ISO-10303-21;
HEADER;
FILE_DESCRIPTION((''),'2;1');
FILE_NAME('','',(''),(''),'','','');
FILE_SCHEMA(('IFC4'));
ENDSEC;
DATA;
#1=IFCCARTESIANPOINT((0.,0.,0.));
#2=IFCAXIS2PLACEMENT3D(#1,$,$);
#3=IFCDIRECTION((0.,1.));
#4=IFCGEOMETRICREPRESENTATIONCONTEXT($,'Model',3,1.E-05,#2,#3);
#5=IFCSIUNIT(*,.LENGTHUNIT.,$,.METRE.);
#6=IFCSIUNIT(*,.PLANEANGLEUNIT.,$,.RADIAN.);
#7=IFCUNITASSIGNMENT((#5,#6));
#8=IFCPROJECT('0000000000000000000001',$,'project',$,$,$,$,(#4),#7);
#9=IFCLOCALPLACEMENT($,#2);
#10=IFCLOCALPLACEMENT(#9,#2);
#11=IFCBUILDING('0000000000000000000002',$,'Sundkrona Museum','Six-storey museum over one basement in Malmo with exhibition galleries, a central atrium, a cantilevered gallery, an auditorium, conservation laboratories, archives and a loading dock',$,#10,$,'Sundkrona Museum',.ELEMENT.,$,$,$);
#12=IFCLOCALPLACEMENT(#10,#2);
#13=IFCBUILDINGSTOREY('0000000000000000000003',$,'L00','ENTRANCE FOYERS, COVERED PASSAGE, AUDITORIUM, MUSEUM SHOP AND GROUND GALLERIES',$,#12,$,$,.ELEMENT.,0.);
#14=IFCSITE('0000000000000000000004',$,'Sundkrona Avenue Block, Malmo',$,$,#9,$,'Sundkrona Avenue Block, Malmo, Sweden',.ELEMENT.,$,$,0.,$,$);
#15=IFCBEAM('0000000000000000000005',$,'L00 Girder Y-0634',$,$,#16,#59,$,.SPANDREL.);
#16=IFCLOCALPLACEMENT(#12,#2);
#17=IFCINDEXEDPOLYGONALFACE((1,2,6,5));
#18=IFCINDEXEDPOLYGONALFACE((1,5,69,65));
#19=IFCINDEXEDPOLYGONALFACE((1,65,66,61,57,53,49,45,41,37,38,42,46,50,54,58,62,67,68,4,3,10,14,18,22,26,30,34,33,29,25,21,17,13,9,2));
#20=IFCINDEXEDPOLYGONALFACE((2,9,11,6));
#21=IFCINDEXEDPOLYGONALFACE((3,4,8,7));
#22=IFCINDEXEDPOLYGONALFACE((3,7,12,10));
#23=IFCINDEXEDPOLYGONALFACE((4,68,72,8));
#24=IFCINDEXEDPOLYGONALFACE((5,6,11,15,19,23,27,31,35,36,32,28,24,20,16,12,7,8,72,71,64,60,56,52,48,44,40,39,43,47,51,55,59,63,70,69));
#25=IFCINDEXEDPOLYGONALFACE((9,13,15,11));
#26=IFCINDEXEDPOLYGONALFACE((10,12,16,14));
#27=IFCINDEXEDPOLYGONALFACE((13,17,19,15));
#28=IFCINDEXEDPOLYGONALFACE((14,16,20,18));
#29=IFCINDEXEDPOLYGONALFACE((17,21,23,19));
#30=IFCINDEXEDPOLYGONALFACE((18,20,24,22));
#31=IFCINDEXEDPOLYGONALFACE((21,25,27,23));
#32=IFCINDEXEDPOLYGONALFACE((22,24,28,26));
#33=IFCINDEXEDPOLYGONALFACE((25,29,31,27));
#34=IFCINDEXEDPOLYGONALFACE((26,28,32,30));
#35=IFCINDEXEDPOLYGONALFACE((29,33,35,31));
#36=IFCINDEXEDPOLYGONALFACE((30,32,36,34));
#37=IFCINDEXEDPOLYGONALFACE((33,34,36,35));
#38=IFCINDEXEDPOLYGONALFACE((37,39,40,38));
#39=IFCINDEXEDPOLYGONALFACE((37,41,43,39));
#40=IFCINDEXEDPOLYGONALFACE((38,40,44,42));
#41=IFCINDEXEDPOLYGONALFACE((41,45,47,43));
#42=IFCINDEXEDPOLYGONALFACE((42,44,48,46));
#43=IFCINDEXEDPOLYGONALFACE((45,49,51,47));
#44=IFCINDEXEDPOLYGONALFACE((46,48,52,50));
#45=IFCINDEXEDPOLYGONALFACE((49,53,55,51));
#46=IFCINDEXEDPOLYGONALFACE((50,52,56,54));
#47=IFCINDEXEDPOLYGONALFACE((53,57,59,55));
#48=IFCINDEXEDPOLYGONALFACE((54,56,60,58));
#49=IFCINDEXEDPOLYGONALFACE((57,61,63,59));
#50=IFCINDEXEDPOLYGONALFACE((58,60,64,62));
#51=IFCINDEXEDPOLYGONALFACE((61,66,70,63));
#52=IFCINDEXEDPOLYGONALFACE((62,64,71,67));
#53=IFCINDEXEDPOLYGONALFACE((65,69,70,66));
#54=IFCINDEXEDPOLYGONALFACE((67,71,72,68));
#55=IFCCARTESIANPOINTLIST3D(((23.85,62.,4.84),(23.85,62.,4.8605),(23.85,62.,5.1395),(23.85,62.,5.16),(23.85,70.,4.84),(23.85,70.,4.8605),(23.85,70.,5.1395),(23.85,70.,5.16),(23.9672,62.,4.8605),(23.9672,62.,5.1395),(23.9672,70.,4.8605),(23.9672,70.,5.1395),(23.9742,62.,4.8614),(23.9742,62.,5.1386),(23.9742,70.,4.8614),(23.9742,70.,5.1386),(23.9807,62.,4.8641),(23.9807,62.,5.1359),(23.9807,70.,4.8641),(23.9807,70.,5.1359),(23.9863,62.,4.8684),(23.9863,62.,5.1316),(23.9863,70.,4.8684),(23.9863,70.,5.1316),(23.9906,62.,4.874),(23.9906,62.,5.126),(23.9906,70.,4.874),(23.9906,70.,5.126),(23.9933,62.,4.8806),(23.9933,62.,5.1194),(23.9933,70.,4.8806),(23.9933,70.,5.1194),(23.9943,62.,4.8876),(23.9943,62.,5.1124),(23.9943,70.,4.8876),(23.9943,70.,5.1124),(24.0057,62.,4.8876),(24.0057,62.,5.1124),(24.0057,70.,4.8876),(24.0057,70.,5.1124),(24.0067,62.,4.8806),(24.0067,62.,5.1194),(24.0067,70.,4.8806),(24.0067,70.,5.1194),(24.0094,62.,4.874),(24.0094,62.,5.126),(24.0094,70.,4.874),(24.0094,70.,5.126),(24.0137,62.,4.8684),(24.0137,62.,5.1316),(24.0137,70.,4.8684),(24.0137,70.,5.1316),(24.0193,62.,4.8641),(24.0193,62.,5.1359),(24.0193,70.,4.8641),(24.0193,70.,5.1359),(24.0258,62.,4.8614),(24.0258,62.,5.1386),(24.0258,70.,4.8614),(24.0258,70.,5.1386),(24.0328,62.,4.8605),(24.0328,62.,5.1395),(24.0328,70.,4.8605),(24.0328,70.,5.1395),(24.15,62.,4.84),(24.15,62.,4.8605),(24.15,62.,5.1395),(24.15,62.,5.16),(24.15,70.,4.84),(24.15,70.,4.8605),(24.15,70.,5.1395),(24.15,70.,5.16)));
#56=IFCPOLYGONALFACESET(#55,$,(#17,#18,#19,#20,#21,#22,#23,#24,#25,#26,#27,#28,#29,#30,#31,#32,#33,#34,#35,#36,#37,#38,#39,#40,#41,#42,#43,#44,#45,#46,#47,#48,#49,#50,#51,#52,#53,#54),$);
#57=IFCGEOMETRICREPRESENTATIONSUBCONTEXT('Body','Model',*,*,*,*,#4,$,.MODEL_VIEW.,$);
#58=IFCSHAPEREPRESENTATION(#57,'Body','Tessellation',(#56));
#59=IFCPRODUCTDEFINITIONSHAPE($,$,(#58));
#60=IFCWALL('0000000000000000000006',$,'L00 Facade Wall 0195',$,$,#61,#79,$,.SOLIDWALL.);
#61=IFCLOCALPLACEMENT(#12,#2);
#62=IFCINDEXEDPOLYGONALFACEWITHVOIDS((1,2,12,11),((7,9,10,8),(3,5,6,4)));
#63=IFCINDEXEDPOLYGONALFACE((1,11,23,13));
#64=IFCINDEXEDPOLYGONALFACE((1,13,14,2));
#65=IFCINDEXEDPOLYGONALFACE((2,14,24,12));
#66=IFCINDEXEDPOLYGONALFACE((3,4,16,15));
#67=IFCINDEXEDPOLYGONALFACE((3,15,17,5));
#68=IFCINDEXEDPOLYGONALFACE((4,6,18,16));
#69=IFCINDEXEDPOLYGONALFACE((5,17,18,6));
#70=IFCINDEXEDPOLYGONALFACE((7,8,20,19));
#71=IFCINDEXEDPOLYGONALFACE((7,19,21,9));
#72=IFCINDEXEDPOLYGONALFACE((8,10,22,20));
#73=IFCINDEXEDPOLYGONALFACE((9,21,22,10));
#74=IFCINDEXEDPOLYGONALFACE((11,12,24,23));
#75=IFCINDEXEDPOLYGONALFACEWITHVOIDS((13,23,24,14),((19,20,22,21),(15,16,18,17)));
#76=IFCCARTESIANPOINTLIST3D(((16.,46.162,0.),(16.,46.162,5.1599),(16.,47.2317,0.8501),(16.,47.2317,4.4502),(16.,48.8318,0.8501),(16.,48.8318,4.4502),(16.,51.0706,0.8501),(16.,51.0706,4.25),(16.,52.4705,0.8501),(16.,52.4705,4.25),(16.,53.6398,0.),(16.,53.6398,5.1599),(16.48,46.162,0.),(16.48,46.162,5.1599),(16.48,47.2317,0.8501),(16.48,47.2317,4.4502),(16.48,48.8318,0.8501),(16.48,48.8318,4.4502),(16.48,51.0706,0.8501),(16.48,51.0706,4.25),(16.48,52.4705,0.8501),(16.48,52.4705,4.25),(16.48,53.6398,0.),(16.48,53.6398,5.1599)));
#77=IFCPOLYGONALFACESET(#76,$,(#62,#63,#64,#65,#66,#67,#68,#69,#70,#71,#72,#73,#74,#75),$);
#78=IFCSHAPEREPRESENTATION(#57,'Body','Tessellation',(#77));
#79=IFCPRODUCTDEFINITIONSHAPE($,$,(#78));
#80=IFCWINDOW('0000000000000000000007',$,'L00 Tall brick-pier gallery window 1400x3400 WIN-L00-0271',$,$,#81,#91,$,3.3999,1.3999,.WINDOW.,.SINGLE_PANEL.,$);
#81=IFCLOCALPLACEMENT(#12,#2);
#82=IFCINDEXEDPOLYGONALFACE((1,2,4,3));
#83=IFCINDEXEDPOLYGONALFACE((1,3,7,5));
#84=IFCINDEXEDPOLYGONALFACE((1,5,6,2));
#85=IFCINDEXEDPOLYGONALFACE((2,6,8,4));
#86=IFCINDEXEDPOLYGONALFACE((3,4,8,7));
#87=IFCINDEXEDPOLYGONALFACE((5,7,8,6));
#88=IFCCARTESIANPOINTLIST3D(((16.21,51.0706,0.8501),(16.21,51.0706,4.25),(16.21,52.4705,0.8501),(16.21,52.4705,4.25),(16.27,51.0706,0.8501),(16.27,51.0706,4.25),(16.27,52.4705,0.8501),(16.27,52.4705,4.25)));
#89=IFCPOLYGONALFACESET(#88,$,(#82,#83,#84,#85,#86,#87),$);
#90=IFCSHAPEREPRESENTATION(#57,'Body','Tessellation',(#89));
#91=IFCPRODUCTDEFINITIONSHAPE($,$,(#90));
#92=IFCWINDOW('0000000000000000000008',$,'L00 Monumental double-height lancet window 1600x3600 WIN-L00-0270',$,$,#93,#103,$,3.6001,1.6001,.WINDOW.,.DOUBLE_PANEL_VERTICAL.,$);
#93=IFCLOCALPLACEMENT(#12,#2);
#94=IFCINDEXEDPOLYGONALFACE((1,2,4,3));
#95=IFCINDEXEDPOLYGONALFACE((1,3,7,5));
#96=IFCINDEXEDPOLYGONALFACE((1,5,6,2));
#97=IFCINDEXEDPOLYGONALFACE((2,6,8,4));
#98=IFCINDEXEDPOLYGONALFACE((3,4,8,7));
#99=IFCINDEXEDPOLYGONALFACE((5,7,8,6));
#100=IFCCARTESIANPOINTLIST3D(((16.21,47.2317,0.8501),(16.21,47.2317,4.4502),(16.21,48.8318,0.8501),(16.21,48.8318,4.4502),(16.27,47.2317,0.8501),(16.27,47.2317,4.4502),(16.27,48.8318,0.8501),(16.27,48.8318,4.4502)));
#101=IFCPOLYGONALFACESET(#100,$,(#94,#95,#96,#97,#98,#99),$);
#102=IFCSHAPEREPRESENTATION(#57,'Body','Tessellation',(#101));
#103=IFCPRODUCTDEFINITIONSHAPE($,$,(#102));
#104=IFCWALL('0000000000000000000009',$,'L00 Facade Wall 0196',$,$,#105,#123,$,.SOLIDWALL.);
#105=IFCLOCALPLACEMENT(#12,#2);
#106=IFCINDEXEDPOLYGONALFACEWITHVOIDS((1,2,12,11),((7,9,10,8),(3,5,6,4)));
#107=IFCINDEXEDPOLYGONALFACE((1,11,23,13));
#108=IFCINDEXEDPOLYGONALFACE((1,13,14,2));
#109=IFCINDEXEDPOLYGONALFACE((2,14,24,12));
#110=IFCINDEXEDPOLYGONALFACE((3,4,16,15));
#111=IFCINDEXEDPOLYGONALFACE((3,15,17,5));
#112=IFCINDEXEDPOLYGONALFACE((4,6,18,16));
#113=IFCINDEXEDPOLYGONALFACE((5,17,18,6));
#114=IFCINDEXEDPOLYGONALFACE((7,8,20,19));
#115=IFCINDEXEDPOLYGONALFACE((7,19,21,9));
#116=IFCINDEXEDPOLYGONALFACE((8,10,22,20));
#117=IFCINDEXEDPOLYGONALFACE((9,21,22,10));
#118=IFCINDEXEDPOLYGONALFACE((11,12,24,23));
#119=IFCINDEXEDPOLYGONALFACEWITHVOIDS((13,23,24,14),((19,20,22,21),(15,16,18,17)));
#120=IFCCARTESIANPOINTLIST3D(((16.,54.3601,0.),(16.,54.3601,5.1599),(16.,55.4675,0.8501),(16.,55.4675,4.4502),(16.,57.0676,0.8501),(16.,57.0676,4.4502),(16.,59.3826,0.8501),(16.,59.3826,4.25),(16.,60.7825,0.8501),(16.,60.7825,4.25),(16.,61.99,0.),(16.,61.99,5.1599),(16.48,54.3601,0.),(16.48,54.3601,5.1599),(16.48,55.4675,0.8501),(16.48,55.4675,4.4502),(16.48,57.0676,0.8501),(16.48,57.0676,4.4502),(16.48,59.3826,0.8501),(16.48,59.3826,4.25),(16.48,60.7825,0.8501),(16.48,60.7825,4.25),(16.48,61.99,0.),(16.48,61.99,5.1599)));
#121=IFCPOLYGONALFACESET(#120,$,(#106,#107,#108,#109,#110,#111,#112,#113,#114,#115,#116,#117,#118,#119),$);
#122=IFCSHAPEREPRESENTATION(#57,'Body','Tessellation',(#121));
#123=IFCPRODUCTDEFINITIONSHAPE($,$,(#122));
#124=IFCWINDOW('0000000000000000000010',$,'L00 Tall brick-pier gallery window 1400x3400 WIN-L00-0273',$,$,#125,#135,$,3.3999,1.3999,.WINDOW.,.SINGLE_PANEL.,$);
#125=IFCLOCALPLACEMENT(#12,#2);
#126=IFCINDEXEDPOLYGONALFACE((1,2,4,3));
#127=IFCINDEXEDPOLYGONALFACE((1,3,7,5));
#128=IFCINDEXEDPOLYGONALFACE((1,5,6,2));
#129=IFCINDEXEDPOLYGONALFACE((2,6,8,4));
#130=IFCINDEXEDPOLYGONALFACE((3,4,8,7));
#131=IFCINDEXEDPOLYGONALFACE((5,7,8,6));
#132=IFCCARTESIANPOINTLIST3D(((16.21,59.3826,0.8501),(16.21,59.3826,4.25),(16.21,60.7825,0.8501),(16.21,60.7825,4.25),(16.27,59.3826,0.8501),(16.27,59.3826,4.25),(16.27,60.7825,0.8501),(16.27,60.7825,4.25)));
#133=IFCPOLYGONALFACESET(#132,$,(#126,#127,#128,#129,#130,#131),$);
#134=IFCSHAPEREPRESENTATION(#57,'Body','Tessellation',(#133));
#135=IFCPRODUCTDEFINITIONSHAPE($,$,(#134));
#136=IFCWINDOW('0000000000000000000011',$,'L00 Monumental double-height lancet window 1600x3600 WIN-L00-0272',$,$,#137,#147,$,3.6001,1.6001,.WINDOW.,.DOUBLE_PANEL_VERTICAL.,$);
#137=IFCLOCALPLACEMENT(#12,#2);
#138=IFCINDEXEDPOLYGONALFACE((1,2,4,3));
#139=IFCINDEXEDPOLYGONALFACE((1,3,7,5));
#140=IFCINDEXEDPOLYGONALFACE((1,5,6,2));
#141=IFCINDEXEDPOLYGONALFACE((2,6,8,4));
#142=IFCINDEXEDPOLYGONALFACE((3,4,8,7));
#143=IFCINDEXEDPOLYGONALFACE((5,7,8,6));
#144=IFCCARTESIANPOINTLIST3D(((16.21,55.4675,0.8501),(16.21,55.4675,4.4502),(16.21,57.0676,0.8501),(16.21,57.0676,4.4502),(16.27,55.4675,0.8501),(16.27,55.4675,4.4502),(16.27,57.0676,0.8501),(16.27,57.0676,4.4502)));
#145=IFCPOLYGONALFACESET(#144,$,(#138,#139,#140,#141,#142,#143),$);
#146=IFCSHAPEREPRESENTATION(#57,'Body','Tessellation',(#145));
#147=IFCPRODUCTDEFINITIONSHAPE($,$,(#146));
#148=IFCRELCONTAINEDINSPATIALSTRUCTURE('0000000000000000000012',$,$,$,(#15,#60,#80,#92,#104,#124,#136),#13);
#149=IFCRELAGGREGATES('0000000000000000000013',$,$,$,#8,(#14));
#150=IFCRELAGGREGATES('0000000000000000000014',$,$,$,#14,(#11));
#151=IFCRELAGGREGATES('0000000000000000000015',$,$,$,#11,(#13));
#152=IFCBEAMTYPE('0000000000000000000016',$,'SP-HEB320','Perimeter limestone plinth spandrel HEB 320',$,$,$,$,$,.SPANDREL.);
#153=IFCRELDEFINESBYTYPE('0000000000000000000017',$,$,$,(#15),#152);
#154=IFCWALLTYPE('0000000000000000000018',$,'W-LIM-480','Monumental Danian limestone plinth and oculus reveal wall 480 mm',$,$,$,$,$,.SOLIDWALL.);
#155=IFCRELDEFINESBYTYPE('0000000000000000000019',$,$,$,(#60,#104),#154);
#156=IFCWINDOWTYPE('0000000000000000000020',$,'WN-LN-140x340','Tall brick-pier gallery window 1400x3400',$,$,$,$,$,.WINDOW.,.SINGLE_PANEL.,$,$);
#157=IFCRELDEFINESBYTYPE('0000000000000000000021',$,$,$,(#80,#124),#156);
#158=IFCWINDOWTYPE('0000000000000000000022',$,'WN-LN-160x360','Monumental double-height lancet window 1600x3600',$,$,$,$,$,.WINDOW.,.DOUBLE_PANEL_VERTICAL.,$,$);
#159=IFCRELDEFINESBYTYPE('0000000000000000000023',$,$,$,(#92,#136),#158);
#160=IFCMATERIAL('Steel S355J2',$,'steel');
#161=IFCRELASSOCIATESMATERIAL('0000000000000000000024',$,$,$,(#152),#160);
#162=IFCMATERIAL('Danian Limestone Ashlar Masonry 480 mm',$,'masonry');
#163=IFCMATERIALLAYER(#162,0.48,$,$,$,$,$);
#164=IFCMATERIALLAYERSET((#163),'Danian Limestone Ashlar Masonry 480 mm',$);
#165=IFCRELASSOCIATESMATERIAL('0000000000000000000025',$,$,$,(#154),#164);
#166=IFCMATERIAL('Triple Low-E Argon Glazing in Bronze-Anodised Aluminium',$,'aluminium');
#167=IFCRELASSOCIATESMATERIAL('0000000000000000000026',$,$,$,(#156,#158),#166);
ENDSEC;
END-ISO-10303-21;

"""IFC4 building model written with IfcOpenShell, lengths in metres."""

from ifc_helpers import new_model, si_unit, direction, frame, frame_2d, origin, origin_2d, place, context, subcontext, project, spatial, rectangle, i_section, extrude, material, layer, layer_set, material_profile, profile_set, type_object, element, fill, save


model = new_model("IFC4")

# Units and contexts
model_context = context("Model", 3, precision=1e-05, world=origin(), true_north=direction((0.0, 1.0)))
body_context = subcontext(model_context, "Body", "Model", "MODEL_VIEW")
ifc_project = project(units=[si_unit("LENGTHUNIT", "METRE"), si_unit("PLANEANGLEUNIT", "RADIAN")], contexts=[model_context])

# Site, building, storey
site_placement = place(None, origin())
site = spatial("IfcSite", under=ifc_project, at=site_placement, Name="Sundkrona Avenue Block, Malmo", LongName="Sundkrona Avenue Block, Malmo, Sweden", CompositionType="ELEMENT", RefElevation=0.0)
building_placement = place(site_placement, origin())
building = spatial("IfcBuilding", under=site, at=building_placement, Name="Sundkrona Museum", Description="Six-storey museum over one basement in Malmo with exhibition galleries, a central atrium, a cantilevered gallery, an auditorium, conservation laboratories, archives and a loading dock", LongName="Sundkrona Museum", CompositionType="ELEMENT")
storey_placement = place(building_placement, origin())
storey = spatial("IfcBuildingStorey", under=building, at=storey_placement, Name="L00", Description="ENTRANCE FOYERS, COVERED PASSAGE, AUDITORIUM, MUSEUM SHOP AND GROUND GALLERIES", CompositionType="ELEMENT", Elevation=0.0)

# Shared definitions
ifc_material_1 = material(Name="Steel S355J2", Category="steel")

# Beam
ifc_material_profile_1 = material_profile(ifc_material_1, i_section(OverallWidth=0.3, OverallDepth=0.3201, WebThickness=0.0115, FlangeThickness=0.0205, FilletRadius=0.0271, at=origin_2d()), Name="HEB 320")
ifc_profile_set_1 = profile_set([ifc_material_profile_1], Name="Steel S355J2")
beam_type_1 = type_object("IfcBeamType", Name="SP-HEB320", Description="Perimeter limestone plinth spandrel HEB 320", PredefinedType="SPANDREL", material=ifc_profile_set_1)
for number, where, z_axis, x_axis, name in (
    (1, (24.0, 62.0, 5.0), (0.0, 1.0, 0.0), (-1.0, 0.0, 0.0), "L00 Girder Y-0634"),
):
    element("IfcBeam", number, at=place(storey_placement, frame(where, z_axis=z_axis, x_axis=x_axis)), inside=storey, type_object=beam_type_1, Name=name, PredefinedType="SPANDREL", context=body_context, shape_type="SweptSolid", body=[
        extrude(i_section(OverallWidth=0.3, OverallDepth=0.3201, WebThickness=0.0115, FlangeThickness=0.0205, FilletRadius=0.0271, at=origin_2d()), origin(), (0.0, 0.0, 1.0), 8.0),
    ])

# Walls, openings, windows
ifc_material_2 = material(Name="Danian Limestone Ashlar Masonry 480 mm", Category="masonry")
ifc_layer_1 = layer(ifc_material_2, 0.48)
ifc_layer_set_1 = layer_set([ifc_layer_1], Name="Danian Limestone Ashlar Masonry 480 mm")
wall_type_1 = type_object("IfcWallType", Name="W-LIM-480", Description="Monumental Danian limestone plinth and oculus reveal wall 480 mm", PredefinedType="SOLIDWALL", material=ifc_layer_set_1)
wall_1_placement = place(storey_placement, frame((16.24, 46.1621, 0.0), z_axis=(0.0, 0.0, 1.0), x_axis=(0.0, 1.0, 0.0)))
wall_1 = element("IfcWall", 2, at=wall_1_placement, inside=storey, type_object=wall_type_1, Name="L00 Facade Wall 0195", PredefinedType="SOLIDWALL", context=body_context, shape_type="SweptSolid", body=[
    extrude(rectangle(XDim=7.4778, YDim=0.48, at=frame_2d((3.7388, 0.0))), origin(), (0.0, 0.0, 1.0), 5.1599),
])
opening_1_placement = place(wall_1_placement, frame((1.0696, 0.0, 0.8501)))
opening_1 = element("IfcOpeningElement", 3, at=opening_1_placement, cuts=wall_1, PredefinedType="OPENING", context=body_context, shape_type="SweptSolid", body=[
    extrude(rectangle(XDim=1.6001, YDim=3.6001, at=frame_2d((0.8, 1.8))), frame((0.0, 0.25, 0.0), z_axis=(0.0, -1.0, 0.0), x_axis=(1.0, 0.0, 0.0)), (0.0, 0.0, 1.0), 0.5),
])
opening_2_placement = place(wall_1_placement, frame((4.9084, 0.0, 0.8501)))
opening_2 = element("IfcOpeningElement", 4, at=opening_2_placement, cuts=wall_1, PredefinedType="OPENING", context=body_context, shape_type="SweptSolid", body=[
    extrude(rectangle(XDim=1.3999, YDim=3.3999, at=frame_2d((0.7, 1.7))), frame((0.0, 0.25, 0.0), z_axis=(0.0, -1.0, 0.0), x_axis=(1.0, 0.0, 0.0)), (0.0, 0.0, 1.0), 0.5),
])
ifc_material_3 = material(Name="Triple Low-E Argon Glazing in Bronze-Anodised Aluminium", Category="aluminium")
window_type_1 = type_object("IfcWindowType", Name="WN-LN-140x340", Description="Tall brick-pier gallery window 1400x3400", PartitioningType="SINGLE_PANEL", PredefinedType="WINDOW", material=ifc_material_3)
window_1_placement = place(opening_2_placement, origin())
window_1 = element("IfcWindow", 5, at=window_1_placement, inside=storey, type_object=window_type_1, Name="L00 Tall brick-pier gallery window 1400x3400 WIN-L00-0271", OverallHeight=3.3999, OverallWidth=1.3999, PartitioningType="SINGLE_PANEL", PredefinedType="WINDOW", context=body_context, shape_type="SweptSolid", body=[
    extrude(rectangle(XDim=1.3999, YDim=3.3999, at=frame_2d((0.7, 1.7))), frame((0.0, 0.03, 0.0), z_axis=(0.0, -1.0, 0.0), x_axis=(1.0, 0.0, 0.0)), (0.0, 0.0, 1.0), 0.0601),
])
fill(opening_2, window_1)
window_type_2 = type_object("IfcWindowType", Name="WN-LN-160x360", Description="Monumental double-height lancet window 1600x3600", PartitioningType="DOUBLE_PANEL_VERTICAL", PredefinedType="WINDOW", material=ifc_material_3)
window_2_placement = place(opening_1_placement, origin())
window_2 = element("IfcWindow", 6, at=window_2_placement, inside=storey, type_object=window_type_2, Name="L00 Monumental double-height lancet window 1600x3600 WIN-L00-0270", OverallHeight=3.6001, OverallWidth=1.6001, PartitioningType="DOUBLE_PANEL_VERTICAL", PredefinedType="WINDOW", context=body_context, shape_type="SweptSolid", body=[
    extrude(rectangle(XDim=1.6001, YDim=3.6001, at=frame_2d((0.8, 1.8))), frame((0.0, 0.03, 0.0), z_axis=(0.0, -1.0, 0.0), x_axis=(1.0, 0.0, 0.0)), (0.0, 0.0, 1.0), 0.0601),
])
fill(opening_1, window_2)
wall_2_placement = place(storey_placement, frame((16.24, 54.3601, 0.0), z_axis=(0.0, 0.0, 1.0), x_axis=(0.0, 1.0, 0.0)))
wall_2 = element("IfcWall", 7, at=wall_2_placement, inside=storey, type_object=wall_type_1, Name="L00 Facade Wall 0196", PredefinedType="SOLIDWALL", context=body_context, shape_type="SweptSolid", body=[
    extrude(rectangle(XDim=7.6299, YDim=0.48, at=frame_2d((3.8149, 0.0))), origin(), (0.0, 0.0, 1.0), 5.1599),
])
opening_3_placement = place(wall_2_placement, frame((1.1074, 0.0, 0.8501)))
opening_3 = element("IfcOpeningElement", 8, at=opening_3_placement, cuts=wall_2, PredefinedType="OPENING", context=body_context, shape_type="SweptSolid", body=[
    extrude(rectangle(XDim=1.6001, YDim=3.6001, at=frame_2d((0.8, 1.8))), frame((0.0, 0.25, 0.0), z_axis=(0.0, -1.0, 0.0), x_axis=(1.0, 0.0, 0.0)), (0.0, 0.0, 1.0), 0.5),
])
opening_4_placement = place(wall_2_placement, frame((5.0225, 0.0, 0.8501)))
opening_4 = element("IfcOpeningElement", 9, at=opening_4_placement, cuts=wall_2, PredefinedType="OPENING", context=body_context, shape_type="SweptSolid", body=[
    extrude(rectangle(XDim=1.3999, YDim=3.3999, at=frame_2d((0.7, 1.7))), frame((0.0, 0.25, 0.0), z_axis=(0.0, -1.0, 0.0), x_axis=(1.0, 0.0, 0.0)), (0.0, 0.0, 1.0), 0.5),
])
window_3_placement = place(opening_4_placement, origin())
window_3 = element("IfcWindow", 10, at=window_3_placement, inside=storey, type_object=window_type_1, Name="L00 Tall brick-pier gallery window 1400x3400 WIN-L00-0273", OverallHeight=3.3999, OverallWidth=1.3999, PartitioningType="SINGLE_PANEL", PredefinedType="WINDOW", context=body_context, shape_type="SweptSolid", body=[
    extrude(rectangle(XDim=1.3999, YDim=3.3999, at=frame_2d((0.7, 1.7))), frame((0.0, 0.03, 0.0), z_axis=(0.0, -1.0, 0.0), x_axis=(1.0, 0.0, 0.0)), (0.0, 0.0, 1.0), 0.0601),
])
fill(opening_4, window_3)
window_4_placement = place(opening_3_placement, origin())
window_4 = element("IfcWindow", 11, at=window_4_placement, inside=storey, type_object=window_type_2, Name="L00 Monumental double-height lancet window 1600x3600 WIN-L00-0272", OverallHeight=3.6001, OverallWidth=1.6001, PartitioningType="DOUBLE_PANEL_VERTICAL", PredefinedType="WINDOW", context=body_context, shape_type="SweptSolid", body=[
    extrude(rectangle(XDim=1.6001, YDim=3.6001, at=frame_2d((0.8, 1.8))), frame((0.0, 0.03, 0.0), z_axis=(0.0, -1.0, 0.0), x_axis=(1.0, 0.0, 0.0)), (0.0, 0.0, 1.0), 0.0601),
])
fill(opening_3, window_4)

save(model, "model.ifc")
